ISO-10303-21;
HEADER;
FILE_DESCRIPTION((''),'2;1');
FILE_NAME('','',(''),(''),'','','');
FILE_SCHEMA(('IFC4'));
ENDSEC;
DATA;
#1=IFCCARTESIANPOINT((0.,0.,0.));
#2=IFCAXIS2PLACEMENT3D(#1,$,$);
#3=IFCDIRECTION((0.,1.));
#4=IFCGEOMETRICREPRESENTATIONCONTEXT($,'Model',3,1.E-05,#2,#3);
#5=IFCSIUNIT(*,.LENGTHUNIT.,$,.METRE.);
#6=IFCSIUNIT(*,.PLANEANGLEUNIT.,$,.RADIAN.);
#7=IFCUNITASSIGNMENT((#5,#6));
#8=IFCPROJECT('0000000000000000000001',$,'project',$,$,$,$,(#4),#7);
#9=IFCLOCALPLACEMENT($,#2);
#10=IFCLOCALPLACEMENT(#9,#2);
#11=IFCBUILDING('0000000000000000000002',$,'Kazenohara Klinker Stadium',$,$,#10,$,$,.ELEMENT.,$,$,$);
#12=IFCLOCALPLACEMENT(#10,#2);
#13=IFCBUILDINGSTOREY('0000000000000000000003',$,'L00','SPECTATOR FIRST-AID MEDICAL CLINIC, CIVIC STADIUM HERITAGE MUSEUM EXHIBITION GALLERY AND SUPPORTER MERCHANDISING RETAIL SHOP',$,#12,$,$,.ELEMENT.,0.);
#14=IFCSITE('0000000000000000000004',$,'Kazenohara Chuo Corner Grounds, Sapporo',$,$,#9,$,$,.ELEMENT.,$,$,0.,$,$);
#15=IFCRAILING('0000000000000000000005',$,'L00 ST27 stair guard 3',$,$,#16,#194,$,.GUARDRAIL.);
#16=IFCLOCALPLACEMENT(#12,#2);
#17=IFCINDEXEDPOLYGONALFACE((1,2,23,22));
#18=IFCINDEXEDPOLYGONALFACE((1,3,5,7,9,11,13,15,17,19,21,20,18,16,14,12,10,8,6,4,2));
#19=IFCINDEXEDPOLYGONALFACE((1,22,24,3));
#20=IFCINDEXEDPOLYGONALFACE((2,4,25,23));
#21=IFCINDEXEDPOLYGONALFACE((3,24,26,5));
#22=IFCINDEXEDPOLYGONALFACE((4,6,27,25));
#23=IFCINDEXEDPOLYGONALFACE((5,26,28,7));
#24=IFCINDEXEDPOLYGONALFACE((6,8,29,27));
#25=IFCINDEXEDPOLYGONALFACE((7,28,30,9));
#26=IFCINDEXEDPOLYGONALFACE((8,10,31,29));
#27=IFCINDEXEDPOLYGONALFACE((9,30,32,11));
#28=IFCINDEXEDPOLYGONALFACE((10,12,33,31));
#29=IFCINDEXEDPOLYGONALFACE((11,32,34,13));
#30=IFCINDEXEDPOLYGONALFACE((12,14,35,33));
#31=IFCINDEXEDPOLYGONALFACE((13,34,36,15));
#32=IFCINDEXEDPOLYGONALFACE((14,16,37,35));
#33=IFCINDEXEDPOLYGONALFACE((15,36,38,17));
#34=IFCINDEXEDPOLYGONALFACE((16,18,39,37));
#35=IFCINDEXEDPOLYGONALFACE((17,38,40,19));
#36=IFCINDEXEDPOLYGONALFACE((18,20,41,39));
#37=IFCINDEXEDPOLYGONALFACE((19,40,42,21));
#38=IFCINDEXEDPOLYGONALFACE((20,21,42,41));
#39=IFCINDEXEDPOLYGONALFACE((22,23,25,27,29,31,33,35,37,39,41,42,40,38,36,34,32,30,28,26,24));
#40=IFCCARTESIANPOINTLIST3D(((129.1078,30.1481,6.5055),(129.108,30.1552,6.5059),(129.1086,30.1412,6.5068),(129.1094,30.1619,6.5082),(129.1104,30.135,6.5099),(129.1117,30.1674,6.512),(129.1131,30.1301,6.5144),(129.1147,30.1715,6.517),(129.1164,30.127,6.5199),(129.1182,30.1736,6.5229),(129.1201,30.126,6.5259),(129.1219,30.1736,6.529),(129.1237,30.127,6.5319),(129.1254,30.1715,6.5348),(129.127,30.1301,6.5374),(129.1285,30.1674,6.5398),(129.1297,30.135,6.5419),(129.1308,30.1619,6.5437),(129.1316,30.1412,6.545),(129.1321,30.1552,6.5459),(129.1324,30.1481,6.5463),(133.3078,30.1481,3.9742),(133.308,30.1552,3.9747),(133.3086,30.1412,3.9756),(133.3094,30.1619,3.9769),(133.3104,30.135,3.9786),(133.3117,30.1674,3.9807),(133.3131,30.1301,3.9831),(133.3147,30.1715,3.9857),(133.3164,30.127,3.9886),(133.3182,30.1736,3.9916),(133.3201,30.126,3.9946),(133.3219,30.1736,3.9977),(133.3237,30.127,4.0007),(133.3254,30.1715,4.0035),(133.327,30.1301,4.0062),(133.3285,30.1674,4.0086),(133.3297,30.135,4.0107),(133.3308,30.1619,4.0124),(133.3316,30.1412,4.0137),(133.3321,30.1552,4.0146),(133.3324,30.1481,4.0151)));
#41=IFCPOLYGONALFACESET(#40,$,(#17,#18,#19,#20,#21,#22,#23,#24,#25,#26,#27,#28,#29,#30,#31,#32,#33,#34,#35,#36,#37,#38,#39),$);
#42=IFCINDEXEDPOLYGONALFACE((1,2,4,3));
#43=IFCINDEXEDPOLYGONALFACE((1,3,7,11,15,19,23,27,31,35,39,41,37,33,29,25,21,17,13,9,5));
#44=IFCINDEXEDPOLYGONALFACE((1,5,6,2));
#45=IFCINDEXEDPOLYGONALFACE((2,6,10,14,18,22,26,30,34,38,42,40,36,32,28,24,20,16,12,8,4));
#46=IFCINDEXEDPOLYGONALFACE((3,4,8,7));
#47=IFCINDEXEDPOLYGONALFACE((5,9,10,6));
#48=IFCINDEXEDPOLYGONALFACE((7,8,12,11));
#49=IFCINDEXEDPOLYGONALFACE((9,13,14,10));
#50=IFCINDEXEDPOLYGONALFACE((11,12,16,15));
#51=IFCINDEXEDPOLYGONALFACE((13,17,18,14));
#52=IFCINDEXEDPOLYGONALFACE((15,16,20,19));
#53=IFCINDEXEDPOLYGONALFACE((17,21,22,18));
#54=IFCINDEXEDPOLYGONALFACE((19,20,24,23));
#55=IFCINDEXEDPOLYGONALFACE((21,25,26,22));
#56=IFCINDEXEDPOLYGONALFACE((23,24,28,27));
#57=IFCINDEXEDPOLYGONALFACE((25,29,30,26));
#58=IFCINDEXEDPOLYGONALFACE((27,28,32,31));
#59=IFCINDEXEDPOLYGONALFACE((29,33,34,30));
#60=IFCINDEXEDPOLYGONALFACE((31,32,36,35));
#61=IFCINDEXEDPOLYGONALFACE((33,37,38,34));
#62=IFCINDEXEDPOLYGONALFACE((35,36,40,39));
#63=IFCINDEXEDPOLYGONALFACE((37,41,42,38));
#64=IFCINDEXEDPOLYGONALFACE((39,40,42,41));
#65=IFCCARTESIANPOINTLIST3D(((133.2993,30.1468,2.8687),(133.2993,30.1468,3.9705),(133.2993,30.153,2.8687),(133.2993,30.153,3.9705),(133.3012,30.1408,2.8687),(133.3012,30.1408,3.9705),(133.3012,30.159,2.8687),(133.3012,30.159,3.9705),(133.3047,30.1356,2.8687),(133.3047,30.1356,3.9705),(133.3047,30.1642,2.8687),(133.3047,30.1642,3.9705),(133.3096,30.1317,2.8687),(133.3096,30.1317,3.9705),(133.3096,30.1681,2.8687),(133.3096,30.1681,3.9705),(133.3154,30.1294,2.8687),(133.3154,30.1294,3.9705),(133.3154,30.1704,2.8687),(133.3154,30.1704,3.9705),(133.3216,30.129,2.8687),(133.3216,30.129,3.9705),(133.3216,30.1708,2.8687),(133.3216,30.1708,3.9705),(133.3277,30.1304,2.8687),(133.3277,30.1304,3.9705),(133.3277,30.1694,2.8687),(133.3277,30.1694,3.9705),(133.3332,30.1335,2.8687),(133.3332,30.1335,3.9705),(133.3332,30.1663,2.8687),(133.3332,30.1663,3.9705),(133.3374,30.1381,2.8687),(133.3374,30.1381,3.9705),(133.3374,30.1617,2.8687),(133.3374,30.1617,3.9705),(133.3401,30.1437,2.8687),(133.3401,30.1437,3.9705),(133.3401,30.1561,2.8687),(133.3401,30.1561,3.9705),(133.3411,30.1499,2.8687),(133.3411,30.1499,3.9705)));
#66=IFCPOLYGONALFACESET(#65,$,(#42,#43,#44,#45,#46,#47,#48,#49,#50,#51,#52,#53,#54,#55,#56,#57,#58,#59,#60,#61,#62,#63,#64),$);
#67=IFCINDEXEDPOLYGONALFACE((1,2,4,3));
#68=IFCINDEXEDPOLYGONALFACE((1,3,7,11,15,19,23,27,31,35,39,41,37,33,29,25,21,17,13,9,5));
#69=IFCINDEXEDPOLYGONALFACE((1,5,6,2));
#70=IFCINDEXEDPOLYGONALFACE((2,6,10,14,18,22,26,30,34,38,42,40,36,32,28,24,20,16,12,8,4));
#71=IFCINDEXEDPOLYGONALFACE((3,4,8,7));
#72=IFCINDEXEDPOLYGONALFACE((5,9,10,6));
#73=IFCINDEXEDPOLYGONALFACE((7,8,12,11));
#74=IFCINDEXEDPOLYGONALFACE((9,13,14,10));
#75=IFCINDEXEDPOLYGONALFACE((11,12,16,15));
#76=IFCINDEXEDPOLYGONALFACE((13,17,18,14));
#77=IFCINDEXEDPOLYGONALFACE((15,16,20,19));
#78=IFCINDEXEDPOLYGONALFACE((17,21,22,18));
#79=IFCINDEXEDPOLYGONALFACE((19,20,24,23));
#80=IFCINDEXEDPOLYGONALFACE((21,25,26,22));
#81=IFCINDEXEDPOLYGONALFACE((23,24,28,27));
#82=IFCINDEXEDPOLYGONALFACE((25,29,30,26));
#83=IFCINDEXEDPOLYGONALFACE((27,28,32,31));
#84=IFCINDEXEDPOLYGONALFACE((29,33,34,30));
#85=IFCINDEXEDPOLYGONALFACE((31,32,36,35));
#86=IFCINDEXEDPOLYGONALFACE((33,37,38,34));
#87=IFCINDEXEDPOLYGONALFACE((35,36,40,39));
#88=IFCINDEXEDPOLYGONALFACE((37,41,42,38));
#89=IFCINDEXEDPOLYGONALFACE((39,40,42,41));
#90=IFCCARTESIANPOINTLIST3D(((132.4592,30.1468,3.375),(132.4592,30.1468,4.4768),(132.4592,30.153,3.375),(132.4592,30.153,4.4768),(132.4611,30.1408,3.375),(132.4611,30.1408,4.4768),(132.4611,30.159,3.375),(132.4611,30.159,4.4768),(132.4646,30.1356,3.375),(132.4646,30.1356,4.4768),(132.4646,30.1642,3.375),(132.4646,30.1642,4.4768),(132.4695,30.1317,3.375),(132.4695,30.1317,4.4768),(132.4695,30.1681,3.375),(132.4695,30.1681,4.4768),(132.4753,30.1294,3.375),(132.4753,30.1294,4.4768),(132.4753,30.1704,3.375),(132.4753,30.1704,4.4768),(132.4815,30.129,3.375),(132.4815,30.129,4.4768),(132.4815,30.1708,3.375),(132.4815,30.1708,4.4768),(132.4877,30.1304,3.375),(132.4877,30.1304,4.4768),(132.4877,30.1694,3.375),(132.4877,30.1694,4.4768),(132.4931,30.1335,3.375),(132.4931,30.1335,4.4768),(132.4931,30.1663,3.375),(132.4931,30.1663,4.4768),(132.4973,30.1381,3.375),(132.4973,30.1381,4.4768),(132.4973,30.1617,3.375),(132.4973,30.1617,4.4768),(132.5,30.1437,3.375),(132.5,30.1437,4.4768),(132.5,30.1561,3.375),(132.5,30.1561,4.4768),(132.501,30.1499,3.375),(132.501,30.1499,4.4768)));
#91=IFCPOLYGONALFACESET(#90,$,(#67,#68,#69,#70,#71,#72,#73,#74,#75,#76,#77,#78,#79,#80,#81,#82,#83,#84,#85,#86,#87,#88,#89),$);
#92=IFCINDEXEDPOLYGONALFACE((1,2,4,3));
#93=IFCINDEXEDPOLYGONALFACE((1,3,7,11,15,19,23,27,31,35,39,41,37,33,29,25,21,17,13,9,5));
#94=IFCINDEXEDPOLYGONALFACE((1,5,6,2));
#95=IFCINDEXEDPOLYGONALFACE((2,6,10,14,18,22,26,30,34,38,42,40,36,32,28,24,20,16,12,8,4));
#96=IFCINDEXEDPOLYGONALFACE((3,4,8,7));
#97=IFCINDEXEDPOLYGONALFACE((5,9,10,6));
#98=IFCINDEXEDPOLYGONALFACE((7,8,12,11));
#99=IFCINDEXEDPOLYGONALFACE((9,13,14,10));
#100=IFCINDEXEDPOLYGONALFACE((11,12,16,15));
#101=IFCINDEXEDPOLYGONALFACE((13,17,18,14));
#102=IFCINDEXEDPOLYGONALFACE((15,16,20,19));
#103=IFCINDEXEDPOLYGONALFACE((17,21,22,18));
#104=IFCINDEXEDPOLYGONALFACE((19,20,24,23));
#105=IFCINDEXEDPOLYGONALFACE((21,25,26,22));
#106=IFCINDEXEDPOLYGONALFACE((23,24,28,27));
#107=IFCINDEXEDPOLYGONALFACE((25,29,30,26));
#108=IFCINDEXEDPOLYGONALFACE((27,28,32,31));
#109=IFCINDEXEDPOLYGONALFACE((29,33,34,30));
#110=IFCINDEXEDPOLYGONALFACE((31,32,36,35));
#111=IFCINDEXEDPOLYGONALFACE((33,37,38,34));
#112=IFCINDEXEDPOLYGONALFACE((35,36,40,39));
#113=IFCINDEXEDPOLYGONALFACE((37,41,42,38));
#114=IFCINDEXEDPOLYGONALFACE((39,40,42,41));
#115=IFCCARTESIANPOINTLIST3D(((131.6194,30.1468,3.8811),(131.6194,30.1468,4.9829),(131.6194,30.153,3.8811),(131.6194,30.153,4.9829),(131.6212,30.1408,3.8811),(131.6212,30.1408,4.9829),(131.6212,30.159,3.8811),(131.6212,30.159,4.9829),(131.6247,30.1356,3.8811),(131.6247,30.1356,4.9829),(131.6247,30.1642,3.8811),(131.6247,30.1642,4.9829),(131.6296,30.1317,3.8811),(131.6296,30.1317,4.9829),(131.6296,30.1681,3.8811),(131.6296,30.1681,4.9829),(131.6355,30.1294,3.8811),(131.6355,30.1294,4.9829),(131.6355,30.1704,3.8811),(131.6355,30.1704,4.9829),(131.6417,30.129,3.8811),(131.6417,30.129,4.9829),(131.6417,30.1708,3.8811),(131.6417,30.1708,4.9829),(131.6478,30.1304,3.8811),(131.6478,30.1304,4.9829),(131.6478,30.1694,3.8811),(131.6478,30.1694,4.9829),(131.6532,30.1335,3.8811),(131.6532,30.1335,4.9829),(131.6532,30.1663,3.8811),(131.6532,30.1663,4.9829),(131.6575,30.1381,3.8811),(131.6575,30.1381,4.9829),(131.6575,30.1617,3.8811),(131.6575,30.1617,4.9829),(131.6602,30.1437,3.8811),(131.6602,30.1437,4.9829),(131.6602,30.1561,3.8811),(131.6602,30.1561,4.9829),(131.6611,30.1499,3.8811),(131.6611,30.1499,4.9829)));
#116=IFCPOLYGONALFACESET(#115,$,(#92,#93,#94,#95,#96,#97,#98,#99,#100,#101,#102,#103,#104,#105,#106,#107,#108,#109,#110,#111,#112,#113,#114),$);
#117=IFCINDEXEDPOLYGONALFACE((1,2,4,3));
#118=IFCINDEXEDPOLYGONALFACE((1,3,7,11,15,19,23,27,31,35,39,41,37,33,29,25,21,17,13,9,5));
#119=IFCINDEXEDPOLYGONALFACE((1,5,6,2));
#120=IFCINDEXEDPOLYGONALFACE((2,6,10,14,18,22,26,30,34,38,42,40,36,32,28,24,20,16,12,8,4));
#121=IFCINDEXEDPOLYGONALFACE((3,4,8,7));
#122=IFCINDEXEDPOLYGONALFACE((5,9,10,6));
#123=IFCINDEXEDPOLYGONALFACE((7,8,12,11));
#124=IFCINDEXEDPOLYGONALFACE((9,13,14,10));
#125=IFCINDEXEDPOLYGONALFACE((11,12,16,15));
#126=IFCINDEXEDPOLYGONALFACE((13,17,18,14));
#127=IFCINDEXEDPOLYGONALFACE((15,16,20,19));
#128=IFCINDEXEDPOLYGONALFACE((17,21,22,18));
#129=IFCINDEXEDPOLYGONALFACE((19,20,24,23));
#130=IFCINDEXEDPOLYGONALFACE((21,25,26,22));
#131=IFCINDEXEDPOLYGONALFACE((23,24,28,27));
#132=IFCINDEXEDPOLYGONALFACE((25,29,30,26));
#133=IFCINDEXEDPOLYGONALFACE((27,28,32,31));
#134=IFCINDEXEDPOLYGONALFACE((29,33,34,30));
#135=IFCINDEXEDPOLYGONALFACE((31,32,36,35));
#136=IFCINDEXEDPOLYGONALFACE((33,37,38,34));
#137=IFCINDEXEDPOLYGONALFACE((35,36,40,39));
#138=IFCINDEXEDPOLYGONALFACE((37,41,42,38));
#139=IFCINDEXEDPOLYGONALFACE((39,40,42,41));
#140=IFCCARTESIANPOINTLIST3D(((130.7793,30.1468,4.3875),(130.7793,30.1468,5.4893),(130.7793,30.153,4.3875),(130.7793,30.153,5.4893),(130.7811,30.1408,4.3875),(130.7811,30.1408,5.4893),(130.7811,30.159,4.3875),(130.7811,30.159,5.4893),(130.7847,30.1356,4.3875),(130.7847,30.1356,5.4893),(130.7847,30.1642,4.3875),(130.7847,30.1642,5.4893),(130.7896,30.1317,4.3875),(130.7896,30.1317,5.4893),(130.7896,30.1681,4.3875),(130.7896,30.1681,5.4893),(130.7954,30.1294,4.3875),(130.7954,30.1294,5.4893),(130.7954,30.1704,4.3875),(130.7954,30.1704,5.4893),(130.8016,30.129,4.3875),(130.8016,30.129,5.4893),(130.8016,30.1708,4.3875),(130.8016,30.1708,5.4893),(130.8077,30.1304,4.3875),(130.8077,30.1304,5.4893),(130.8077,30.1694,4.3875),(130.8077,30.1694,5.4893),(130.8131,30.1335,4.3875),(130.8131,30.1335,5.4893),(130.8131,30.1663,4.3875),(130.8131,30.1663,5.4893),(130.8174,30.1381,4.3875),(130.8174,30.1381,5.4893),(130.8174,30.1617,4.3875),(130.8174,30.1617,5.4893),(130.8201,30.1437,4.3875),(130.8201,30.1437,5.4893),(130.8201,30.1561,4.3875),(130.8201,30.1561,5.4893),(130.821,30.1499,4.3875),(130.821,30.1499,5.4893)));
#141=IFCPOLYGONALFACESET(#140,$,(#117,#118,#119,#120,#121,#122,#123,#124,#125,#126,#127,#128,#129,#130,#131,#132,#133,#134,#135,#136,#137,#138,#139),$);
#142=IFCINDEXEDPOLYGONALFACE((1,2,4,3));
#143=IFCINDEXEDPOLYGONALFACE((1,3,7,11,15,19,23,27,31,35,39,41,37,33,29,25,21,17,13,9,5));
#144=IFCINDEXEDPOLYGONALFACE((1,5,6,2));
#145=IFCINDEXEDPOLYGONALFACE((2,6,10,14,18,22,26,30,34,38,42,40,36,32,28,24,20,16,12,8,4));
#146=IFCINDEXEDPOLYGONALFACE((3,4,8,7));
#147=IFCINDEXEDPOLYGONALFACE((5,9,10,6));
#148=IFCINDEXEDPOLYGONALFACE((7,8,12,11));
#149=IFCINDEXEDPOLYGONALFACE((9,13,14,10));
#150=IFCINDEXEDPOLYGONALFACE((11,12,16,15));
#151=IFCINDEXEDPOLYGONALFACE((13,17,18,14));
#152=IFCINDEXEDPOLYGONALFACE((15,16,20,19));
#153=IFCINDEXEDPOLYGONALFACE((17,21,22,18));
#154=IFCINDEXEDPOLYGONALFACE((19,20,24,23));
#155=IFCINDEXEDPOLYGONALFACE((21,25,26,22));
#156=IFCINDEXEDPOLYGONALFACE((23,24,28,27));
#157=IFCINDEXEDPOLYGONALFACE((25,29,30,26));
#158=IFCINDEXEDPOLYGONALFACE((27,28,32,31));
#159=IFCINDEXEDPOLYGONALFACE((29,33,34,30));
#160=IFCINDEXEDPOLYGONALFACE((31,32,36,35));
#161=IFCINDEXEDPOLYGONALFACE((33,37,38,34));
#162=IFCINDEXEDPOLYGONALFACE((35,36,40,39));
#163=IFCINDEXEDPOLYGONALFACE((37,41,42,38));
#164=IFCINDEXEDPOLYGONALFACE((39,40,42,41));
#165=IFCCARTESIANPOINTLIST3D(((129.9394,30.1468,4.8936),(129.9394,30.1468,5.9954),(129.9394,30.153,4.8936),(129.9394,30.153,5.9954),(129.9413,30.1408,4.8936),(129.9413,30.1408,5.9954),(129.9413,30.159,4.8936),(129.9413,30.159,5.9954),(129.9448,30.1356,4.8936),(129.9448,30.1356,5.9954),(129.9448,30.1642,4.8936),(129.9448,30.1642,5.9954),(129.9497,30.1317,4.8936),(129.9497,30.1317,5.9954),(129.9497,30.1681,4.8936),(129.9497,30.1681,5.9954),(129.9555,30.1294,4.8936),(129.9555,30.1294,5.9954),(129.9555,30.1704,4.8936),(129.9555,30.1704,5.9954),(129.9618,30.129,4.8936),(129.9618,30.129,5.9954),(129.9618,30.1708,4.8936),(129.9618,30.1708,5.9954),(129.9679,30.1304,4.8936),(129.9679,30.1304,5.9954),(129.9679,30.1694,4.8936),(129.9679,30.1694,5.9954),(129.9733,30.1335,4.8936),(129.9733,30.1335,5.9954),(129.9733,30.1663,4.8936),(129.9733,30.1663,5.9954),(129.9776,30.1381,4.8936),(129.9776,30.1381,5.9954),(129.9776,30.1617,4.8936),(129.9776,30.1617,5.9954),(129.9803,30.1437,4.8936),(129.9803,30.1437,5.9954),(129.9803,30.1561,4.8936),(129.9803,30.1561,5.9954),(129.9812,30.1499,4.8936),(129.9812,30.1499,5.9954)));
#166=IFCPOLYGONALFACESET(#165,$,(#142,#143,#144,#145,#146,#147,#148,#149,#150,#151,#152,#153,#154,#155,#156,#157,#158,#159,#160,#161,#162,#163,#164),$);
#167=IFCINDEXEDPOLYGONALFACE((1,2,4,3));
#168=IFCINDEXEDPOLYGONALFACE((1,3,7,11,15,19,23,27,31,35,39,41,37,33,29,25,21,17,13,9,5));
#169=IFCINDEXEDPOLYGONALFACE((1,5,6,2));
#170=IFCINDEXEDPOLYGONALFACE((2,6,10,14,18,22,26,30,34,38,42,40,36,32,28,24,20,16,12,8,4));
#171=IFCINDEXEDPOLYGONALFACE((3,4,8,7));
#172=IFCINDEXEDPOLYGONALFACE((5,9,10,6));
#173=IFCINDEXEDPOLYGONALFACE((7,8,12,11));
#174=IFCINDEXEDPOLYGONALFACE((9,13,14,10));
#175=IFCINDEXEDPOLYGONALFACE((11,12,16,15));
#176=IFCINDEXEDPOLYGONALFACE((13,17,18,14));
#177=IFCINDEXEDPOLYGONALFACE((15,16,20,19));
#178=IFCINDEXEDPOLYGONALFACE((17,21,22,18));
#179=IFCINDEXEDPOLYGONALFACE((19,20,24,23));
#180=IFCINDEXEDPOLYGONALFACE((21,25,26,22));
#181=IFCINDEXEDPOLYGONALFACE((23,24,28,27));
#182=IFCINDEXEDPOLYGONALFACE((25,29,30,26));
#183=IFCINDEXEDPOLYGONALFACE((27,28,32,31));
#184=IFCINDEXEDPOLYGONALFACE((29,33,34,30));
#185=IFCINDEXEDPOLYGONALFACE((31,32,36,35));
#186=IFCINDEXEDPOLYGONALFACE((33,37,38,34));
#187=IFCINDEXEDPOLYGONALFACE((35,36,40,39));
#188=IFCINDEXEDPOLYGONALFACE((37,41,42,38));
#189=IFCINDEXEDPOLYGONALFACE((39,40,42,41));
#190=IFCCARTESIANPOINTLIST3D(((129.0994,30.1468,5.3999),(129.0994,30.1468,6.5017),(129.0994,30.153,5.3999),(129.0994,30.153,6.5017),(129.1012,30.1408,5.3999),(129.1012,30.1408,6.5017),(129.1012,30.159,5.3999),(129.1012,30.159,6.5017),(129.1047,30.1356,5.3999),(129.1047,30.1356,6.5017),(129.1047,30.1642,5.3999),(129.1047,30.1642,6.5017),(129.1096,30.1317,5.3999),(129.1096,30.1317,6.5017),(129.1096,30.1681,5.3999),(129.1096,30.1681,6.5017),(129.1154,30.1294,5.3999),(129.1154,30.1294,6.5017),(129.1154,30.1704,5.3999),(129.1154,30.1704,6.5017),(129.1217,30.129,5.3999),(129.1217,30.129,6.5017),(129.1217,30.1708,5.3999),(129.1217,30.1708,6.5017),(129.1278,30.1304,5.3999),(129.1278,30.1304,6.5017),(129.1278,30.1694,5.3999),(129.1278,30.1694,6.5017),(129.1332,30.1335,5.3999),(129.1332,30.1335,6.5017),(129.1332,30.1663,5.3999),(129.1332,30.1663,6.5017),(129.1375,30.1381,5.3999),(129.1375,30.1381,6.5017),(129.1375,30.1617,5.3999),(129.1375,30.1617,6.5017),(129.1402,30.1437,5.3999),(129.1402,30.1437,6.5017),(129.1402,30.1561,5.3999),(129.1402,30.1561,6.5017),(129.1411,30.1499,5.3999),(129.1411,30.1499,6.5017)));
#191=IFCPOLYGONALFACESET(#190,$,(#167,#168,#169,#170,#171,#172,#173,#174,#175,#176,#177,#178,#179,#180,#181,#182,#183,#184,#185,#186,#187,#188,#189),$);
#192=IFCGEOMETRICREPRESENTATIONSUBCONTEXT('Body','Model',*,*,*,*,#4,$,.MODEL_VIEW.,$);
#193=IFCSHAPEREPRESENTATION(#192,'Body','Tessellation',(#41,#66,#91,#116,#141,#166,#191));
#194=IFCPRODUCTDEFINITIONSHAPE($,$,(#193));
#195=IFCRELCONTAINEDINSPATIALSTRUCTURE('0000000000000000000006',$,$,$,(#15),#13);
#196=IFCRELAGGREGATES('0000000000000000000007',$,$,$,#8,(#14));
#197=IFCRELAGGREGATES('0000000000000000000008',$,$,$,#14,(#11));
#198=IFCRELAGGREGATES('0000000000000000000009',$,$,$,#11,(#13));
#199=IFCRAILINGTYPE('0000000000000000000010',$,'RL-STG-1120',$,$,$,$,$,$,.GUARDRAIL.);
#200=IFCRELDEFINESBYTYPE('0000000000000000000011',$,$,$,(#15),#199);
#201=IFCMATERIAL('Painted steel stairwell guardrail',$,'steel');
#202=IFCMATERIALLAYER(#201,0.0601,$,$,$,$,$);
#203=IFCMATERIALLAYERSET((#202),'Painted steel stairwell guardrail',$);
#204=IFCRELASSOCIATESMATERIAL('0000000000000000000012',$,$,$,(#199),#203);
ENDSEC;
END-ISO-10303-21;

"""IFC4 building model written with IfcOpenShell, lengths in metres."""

from ifc_helpers import new_model, si_unit, direction, frame, origin, origin_2d, place, context, subcontext, project, spatial, circle, extrude, material, layer, layer_set, type_object, element, save


model = new_model("IFC4")

# Units and contexts
model_context = context("Model", 3, precision=1e-05, world=origin(), true_north=direction((0.0, 1.0)))
body_context = subcontext(model_context, "Body", "Model", "MODEL_VIEW")
ifc_project = project(units=[si_unit("LENGTHUNIT", "METRE"), si_unit("PLANEANGLEUNIT", "RADIAN")], contexts=[model_context])

# Site, building, storey
site_placement = place(None, origin())
site = spatial("IfcSite", under=ifc_project, at=site_placement, Name="Kazenohara Chuo Corner Grounds, Sapporo", CompositionType="ELEMENT", RefElevation=0.0)
building_placement = place(site_placement, origin())
building = spatial("IfcBuilding", under=site, at=building_placement, Name="Kazenohara Klinker Stadium", CompositionType="ELEMENT")
storey_placement = place(building_placement, origin())
storey = spatial("IfcBuildingStorey", under=building, at=storey_placement, Name="L00", Description="SPECTATOR FIRST-AID MEDICAL CLINIC, CIVIC STADIUM HERITAGE MUSEUM EXHIBITION GALLERY AND SUPPORTER MERCHANDISING RETAIL SHOP", CompositionType="ELEMENT", Elevation=0.0)

# Railing
ifc_material_1 = material(Name="Painted steel stairwell guardrail", Category="steel")
ifc_layer_1 = layer(ifc_material_1, 0.0601)
ifc_layer_set_1 = layer_set([ifc_layer_1], Name="Painted steel stairwell guardrail")
railing_type_1 = type_object("IfcRailingType", Name="RL-STG-1120", PredefinedType="GUARDRAIL", material=ifc_layer_set_1)
railing_1_placement = place(storey_placement, frame((133.3201, 30.1499, 2.8687)))
element("IfcRailing", 1, at=railing_1_placement, inside=storey, type_object=railing_type_1, Name="L00 ST27 stair guard 3", PredefinedType="GUARDRAIL", context=body_context, shape_type="SweptSolid", body=[
    extrude(circle(Radius=0.0239, at=origin_2d()), frame((0.0, 0.0, 1.126), z_axis=(-0.856476, 0.0, 0.516186), x_axis=(0.0, -1.0, 0.0)), (0.0, 0.0, 1.0), 4.9038),
    extrude(circle(Radius=0.021, at=origin_2d()), origin(), (0.0, 0.0, 1.0), 1.1018),
    extrude(circle(Radius=0.021, at=origin_2d()), frame((-0.8401, 0.0, 0.5063)), (0.0, 0.0, 1.0), 1.1018),
    extrude(circle(Radius=0.021, at=origin_2d()), frame((-1.6799, 0.0, 1.0125)), (0.0, 0.0, 1.0), 1.1018),
    extrude(circle(Radius=0.021, at=origin_2d()), frame((-2.52, 0.0, 1.5188)), (0.0, 0.0, 1.0), 1.1018),
    extrude(circle(Radius=0.021, at=origin_2d()), frame((-3.3599, 0.0, 2.0249)), (0.0, 0.0, 1.0), 1.1018),
    extrude(circle(Radius=0.021, at=origin_2d()), frame((-4.2, 0.0, 2.5312)), (0.0, 0.0, 1.0), 1.1018),
])

save(model, "model.ifc")
